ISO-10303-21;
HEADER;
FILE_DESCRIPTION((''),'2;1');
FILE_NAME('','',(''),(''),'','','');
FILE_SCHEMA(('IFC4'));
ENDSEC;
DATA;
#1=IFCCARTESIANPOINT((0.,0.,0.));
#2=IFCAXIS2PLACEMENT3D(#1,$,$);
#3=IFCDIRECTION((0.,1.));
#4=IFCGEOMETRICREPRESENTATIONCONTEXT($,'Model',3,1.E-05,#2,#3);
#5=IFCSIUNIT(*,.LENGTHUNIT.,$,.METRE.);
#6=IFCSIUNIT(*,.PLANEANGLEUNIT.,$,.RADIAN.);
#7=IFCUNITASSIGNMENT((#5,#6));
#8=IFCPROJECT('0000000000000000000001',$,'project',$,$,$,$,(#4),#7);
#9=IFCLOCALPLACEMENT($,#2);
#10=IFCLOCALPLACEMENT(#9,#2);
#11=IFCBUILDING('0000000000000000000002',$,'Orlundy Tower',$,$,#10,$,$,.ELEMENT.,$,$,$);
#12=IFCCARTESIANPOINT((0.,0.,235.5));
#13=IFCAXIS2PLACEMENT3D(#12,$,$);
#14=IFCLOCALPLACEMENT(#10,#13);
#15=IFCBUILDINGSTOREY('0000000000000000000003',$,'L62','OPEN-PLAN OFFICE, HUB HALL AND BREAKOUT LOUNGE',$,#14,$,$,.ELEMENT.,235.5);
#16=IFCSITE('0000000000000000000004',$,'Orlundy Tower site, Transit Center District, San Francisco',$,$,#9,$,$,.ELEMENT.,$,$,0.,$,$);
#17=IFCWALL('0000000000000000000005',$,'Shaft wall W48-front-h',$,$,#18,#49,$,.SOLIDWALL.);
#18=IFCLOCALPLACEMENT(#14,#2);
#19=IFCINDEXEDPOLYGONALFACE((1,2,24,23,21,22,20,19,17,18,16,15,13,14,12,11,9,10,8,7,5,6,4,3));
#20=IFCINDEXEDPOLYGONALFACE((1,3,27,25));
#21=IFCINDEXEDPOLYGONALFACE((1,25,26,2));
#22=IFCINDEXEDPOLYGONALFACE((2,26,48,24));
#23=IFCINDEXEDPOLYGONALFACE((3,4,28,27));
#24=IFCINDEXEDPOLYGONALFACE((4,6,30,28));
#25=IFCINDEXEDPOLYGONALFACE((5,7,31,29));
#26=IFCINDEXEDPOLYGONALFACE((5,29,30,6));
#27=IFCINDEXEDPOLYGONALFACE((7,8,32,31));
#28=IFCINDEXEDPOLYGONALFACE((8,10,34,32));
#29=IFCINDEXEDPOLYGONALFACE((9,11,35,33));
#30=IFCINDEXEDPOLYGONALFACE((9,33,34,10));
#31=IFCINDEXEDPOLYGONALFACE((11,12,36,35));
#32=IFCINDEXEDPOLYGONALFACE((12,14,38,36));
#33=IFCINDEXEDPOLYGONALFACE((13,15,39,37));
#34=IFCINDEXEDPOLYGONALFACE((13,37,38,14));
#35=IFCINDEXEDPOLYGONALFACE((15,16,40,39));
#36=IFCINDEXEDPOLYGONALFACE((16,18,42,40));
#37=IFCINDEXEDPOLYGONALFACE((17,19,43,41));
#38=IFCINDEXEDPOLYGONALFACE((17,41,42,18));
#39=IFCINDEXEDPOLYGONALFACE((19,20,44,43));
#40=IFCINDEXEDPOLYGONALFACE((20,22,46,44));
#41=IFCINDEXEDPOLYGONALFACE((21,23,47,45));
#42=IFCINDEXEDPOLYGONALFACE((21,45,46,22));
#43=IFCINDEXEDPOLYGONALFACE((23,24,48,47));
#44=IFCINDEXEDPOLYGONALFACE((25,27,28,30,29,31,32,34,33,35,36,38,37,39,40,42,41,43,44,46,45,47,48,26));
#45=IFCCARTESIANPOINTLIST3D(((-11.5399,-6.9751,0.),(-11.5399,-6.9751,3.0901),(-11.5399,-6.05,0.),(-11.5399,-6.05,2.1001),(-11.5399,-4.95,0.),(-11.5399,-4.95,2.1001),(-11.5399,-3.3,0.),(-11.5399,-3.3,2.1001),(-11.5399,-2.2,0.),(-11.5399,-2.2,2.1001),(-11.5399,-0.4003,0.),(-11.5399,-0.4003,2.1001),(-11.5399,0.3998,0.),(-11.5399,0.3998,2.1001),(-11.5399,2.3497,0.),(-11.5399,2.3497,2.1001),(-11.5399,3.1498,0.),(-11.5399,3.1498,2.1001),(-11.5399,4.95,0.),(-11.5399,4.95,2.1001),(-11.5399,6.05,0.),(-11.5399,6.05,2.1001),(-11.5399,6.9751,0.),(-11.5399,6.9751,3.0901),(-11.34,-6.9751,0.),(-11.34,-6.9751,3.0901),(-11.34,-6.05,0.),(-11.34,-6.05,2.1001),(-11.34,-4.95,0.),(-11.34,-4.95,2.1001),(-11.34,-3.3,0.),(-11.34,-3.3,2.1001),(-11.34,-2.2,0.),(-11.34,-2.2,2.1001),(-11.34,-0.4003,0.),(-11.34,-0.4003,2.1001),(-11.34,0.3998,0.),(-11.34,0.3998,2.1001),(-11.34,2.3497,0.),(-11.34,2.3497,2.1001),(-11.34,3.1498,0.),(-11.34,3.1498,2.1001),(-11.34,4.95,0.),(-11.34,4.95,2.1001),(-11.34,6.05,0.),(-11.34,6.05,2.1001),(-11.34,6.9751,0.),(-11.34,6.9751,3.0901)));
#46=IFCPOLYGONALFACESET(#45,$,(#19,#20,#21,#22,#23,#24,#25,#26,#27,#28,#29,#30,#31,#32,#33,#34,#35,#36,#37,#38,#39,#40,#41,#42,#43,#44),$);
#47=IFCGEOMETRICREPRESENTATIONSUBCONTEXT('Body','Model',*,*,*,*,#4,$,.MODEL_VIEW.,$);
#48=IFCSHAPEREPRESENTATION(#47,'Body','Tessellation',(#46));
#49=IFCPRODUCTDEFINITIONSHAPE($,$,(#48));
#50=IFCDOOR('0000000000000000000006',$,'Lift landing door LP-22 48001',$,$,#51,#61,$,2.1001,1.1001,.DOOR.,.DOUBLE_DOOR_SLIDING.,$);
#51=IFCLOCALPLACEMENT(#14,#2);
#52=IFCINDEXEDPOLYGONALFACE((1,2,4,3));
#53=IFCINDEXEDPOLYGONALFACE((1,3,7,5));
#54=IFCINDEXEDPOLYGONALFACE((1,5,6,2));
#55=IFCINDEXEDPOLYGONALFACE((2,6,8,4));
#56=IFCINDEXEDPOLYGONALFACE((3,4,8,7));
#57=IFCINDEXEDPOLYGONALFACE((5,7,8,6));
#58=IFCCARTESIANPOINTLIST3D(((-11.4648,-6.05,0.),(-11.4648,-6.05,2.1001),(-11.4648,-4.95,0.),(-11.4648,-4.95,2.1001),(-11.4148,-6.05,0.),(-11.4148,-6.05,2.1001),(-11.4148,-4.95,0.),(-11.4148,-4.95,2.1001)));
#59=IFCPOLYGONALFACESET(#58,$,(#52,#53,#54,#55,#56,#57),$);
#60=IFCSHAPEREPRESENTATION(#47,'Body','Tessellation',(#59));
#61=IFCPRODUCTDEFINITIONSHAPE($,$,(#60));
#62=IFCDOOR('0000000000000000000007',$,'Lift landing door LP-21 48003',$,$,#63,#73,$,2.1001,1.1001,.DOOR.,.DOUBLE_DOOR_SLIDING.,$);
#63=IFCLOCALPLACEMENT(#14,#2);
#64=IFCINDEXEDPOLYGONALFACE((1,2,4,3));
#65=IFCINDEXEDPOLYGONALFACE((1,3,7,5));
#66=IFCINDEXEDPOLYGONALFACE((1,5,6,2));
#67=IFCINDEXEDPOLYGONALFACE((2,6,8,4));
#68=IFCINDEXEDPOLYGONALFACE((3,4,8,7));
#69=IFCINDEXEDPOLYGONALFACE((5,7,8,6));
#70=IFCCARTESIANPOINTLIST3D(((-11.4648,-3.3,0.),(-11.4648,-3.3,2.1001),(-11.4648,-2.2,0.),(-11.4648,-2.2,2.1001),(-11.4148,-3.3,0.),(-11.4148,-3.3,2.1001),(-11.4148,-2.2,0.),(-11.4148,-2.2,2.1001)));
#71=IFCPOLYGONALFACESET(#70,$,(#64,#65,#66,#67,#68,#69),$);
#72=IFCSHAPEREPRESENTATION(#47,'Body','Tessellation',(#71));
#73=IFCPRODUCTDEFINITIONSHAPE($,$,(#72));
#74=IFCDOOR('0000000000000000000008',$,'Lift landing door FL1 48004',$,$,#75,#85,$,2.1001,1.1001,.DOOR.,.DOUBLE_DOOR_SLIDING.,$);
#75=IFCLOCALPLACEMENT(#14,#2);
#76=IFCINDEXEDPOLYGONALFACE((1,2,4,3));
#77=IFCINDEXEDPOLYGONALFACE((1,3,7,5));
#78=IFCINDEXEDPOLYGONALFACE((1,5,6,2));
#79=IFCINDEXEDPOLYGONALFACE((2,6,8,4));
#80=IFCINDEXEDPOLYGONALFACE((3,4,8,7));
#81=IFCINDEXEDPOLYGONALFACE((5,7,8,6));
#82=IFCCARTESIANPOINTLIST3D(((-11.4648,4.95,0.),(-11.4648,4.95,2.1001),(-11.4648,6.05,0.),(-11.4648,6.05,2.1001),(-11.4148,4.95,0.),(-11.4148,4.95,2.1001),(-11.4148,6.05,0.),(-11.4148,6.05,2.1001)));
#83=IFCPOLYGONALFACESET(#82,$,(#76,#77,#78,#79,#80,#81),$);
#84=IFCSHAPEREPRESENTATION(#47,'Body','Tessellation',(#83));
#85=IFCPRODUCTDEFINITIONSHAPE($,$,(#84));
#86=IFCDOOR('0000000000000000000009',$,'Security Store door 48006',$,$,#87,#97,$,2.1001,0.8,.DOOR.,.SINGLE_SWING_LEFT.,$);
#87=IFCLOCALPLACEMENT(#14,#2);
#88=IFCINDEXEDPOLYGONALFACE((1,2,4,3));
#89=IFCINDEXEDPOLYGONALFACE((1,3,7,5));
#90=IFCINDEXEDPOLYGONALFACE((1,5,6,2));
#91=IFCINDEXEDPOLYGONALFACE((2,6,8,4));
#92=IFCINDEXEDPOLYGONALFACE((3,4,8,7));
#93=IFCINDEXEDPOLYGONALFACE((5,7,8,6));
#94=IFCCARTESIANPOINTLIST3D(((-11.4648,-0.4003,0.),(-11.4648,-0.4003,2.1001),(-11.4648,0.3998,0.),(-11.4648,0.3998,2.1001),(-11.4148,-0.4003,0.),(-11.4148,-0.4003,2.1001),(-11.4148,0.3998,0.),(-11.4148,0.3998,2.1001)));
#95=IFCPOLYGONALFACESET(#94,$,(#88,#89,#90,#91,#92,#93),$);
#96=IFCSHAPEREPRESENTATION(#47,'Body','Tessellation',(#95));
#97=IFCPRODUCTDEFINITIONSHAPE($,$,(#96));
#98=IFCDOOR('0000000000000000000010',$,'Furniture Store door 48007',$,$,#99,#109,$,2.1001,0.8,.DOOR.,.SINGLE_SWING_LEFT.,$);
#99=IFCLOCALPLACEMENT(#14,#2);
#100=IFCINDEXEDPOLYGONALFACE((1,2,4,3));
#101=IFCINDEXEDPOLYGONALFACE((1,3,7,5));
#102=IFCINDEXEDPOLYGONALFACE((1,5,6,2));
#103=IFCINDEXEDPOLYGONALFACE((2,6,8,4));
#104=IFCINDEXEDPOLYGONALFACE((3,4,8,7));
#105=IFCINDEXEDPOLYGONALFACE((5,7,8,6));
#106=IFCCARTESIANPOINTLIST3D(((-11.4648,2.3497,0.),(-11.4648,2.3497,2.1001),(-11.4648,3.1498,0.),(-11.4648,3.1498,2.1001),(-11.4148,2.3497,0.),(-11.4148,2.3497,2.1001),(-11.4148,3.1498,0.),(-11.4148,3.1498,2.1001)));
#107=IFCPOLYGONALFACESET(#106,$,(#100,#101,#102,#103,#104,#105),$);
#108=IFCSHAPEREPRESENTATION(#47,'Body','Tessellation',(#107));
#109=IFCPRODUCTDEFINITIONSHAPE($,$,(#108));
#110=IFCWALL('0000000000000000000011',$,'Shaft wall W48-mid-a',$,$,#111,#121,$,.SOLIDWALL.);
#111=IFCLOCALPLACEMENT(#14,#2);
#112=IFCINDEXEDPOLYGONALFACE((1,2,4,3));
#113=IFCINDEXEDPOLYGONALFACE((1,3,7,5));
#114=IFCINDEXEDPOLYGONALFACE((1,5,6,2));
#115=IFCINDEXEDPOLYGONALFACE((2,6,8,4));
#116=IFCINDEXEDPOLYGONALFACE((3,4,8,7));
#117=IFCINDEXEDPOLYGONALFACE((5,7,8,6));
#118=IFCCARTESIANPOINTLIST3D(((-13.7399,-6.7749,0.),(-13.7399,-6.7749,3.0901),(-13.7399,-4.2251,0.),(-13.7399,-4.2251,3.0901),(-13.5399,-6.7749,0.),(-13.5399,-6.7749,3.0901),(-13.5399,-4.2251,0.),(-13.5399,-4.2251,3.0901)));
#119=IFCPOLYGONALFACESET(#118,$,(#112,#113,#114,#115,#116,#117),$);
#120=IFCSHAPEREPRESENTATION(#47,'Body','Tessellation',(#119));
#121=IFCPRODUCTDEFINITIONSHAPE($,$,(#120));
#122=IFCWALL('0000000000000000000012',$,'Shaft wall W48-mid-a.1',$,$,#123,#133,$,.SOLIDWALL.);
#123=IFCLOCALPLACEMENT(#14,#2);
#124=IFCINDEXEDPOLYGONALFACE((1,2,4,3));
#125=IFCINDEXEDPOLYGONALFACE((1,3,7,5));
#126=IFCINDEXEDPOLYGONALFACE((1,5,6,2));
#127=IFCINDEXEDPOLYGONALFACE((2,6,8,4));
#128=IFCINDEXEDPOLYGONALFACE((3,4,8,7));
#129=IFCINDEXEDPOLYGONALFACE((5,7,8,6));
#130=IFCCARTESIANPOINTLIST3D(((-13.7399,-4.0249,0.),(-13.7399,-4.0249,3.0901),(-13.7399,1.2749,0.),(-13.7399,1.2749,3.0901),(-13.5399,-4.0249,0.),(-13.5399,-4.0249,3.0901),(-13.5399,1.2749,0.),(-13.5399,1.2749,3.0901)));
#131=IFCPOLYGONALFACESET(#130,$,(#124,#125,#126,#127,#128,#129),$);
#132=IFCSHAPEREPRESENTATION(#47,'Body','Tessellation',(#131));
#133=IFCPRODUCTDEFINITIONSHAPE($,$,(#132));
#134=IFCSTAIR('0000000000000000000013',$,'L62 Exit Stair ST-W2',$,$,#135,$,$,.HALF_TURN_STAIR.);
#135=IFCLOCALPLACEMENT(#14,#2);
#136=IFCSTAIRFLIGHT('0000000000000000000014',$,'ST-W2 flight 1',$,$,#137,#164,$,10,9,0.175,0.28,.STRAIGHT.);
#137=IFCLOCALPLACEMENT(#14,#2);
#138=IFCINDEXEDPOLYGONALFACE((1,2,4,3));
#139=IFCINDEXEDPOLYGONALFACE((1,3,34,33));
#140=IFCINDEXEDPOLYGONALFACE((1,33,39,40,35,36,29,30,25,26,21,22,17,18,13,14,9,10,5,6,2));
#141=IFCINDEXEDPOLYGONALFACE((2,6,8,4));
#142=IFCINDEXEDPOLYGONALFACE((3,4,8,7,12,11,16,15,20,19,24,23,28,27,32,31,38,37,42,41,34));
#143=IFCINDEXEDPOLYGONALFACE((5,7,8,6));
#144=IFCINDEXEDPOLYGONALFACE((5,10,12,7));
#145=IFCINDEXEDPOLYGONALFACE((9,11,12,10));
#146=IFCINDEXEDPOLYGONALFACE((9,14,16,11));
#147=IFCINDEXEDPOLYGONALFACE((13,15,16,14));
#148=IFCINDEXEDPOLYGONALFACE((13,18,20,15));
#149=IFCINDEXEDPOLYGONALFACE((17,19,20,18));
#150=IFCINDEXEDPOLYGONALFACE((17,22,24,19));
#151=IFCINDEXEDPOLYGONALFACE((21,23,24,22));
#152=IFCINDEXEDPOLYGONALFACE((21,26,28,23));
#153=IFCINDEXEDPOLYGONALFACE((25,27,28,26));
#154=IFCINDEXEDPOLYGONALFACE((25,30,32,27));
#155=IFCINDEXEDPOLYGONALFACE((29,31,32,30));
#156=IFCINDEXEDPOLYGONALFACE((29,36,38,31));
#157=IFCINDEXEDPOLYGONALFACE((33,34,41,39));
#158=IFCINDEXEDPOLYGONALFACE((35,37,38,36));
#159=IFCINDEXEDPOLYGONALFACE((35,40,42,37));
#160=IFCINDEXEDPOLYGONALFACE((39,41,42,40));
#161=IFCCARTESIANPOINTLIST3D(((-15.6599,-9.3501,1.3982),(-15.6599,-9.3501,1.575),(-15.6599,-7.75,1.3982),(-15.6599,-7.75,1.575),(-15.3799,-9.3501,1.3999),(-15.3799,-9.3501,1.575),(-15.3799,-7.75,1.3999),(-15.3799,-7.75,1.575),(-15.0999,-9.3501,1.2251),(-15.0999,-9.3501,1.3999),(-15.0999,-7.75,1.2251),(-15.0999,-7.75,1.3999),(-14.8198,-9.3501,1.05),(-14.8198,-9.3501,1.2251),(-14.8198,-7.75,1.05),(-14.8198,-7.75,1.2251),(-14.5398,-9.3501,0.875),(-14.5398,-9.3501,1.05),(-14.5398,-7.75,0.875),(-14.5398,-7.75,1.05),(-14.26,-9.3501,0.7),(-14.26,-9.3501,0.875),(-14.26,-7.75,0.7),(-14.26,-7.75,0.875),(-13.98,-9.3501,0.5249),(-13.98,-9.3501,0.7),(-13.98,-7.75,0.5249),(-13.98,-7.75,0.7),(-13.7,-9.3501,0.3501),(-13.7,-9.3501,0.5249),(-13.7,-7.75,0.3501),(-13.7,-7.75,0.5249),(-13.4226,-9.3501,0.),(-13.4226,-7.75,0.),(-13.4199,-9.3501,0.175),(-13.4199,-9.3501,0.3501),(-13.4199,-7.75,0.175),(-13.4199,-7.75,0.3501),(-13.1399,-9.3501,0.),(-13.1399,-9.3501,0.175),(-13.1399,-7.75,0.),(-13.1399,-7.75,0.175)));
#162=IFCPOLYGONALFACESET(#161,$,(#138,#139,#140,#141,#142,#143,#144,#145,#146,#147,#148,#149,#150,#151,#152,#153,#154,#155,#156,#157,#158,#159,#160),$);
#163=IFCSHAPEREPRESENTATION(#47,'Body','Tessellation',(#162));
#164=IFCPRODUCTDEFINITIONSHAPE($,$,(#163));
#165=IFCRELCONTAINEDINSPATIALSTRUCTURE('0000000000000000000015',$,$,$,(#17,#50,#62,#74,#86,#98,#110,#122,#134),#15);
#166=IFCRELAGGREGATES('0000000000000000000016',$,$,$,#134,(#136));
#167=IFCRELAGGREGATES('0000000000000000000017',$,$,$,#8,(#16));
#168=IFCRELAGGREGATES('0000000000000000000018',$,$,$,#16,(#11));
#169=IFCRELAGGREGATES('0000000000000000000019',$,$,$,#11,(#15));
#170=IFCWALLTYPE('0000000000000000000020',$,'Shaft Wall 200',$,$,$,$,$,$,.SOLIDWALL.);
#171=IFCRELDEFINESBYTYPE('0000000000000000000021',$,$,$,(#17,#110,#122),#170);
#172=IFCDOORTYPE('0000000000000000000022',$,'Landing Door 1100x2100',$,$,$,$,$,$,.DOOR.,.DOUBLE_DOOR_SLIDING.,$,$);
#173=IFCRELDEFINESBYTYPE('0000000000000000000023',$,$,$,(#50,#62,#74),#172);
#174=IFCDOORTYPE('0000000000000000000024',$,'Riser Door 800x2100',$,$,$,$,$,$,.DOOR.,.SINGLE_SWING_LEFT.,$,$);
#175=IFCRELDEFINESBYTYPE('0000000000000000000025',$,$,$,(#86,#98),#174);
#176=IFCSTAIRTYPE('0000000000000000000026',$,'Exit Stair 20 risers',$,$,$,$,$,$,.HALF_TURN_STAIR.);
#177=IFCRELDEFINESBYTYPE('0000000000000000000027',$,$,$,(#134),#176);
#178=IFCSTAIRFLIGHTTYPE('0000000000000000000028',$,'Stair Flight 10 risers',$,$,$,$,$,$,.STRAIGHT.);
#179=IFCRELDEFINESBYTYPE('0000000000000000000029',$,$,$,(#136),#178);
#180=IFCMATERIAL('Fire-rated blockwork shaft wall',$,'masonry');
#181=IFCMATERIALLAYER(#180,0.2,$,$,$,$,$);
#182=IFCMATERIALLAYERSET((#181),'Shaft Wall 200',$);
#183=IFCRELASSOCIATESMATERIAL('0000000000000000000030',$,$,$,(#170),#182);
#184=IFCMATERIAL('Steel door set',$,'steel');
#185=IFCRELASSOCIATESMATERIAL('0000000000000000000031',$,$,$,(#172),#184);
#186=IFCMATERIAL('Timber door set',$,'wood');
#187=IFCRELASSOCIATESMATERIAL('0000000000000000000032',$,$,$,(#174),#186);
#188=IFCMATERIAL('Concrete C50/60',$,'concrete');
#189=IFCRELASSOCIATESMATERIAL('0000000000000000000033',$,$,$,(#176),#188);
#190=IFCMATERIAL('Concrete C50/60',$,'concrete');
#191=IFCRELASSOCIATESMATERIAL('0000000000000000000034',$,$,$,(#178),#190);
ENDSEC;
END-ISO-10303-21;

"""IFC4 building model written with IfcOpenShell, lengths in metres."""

from ifc_helpers import new_model, si_unit, direction, frame, frame_2d, origin, place, context, subcontext, project, spatial, polyline, rectangle, outline, extrude, material, layer, layer_set, type_object, element, fill, aggregate, save


model = new_model("IFC4")

# Units and contexts
model_context = context("Model", 3, precision=1e-05, world=origin(), true_north=direction((0.0, 1.0)))
body_context = subcontext(model_context, "Body", "Model", "MODEL_VIEW")
ifc_project = project(units=[si_unit("LENGTHUNIT", "METRE"), si_unit("PLANEANGLEUNIT", "RADIAN")], contexts=[model_context])

# Site, building, storey
site_placement = place(None, origin())
site = spatial("IfcSite", under=ifc_project, at=site_placement, Name="Orlundy Tower site, Transit Center District, San Francisco", CompositionType="ELEMENT", RefElevation=0.0)
building_placement = place(site_placement, origin())
building = spatial("IfcBuilding", under=site, at=building_placement, Name="Orlundy Tower", CompositionType="ELEMENT")
storey_placement = place(building_placement, frame((0.0, 0.0, 235.5)))
storey = spatial("IfcBuildingStorey", under=building, at=storey_placement, Name="L62", Description="OPEN-PLAN OFFICE, HUB HALL AND BREAKOUT LOUNGE", CompositionType="ELEMENT", Elevation=235.5)

# Shared definitions
ifc_material_1 = material(Name="Fire-rated blockwork shaft wall", Category="masonry")
ifc_layer_1 = layer(ifc_material_1, 0.2)
ifc_layer_set_1 = layer_set([ifc_layer_1], Name="Shaft Wall 200")
wall_type_1 = type_object("IfcWallType", Name="Shaft Wall 200", PredefinedType="SOLIDWALL", material=ifc_layer_set_1)

# Wall, openings, doors
wall_1_placement = place(storey_placement, frame((-11.4399, -6.9751, 0.0), z_axis=(0.0, 0.0, 1.0), x_axis=(0.0, 1.0, 0.0)))
wall_1 = element("IfcWall", 1, at=wall_1_placement, inside=storey, type_object=wall_type_1, Name="Shaft wall W48-front-h", PredefinedType="SOLIDWALL", context=body_context, shape_type="SweptSolid", body=[
    extrude(rectangle(XDim=13.9502, YDim=0.2, at=frame_2d((6.9751, 0.0))), origin(), (0.0, 0.0, 1.0), 3.0901),
])
opening_1_placement = place(wall_1_placement, frame((0.925, 0.0, 0.0)))
opening_1 = element("IfcOpeningElement", 2, at=opening_1_placement, cuts=wall_1, PredefinedType="OPENING", context=body_context, shape_type="SweptSolid", body=[
    extrude(rectangle(XDim=1.1001, YDim=2.1001, at=frame_2d((0.55, 1.05))), frame((0.0, 0.1101, 0.0), z_axis=(0.0, -1.0, 0.0), x_axis=(1.0, 0.0, 0.0)), (0.0, 0.0, 1.0), 0.2202),
])
opening_2_placement = place(wall_1_placement, frame((3.675, 0.0, 0.0)))
opening_2 = element("IfcOpeningElement", 3, at=opening_2_placement, cuts=wall_1, PredefinedType="OPENING", context=body_context, shape_type="SweptSolid", body=[
    extrude(rectangle(XDim=1.1001, YDim=2.1001, at=frame_2d((0.55, 1.05))), frame((0.0, 0.1101, 0.0), z_axis=(0.0, -1.0, 0.0), x_axis=(1.0, 0.0, 0.0)), (0.0, 0.0, 1.0), 0.2202),
])
opening_3_placement = place(wall_1_placement, frame((11.925, 0.0, 0.0)))
opening_3 = element("IfcOpeningElement", 4, at=opening_3_placement, cuts=wall_1, PredefinedType="OPENING", context=body_context, shape_type="SweptSolid", body=[
    extrude(rectangle(XDim=1.1001, YDim=2.1001, at=frame_2d((0.55, 1.05))), frame((0.0, 0.1101, 0.0), z_axis=(0.0, -1.0, 0.0), x_axis=(1.0, 0.0, 0.0)), (0.0, 0.0, 1.0), 0.2202),
])
opening_4_placement = place(wall_1_placement, frame((6.575, 0.0, 0.0)))
opening_4 = element("IfcOpeningElement", 5, at=opening_4_placement, cuts=wall_1, PredefinedType="OPENING", context=body_context, shape_type="SweptSolid", body=[
    extrude(rectangle(XDim=0.8, YDim=2.1001, at=frame_2d((0.3999, 1.05))), frame((0.0, 0.1101, 0.0), z_axis=(0.0, -1.0, 0.0), x_axis=(1.0, 0.0, 0.0)), (0.0, 0.0, 1.0), 0.2202),
])
opening_5_placement = place(wall_1_placement, frame((9.325, 0.0, 0.0)))
opening_5 = element("IfcOpeningElement", 6, at=opening_5_placement, cuts=wall_1, PredefinedType="OPENING", context=body_context, shape_type="SweptSolid", body=[
    extrude(rectangle(XDim=0.8, YDim=2.1001, at=frame_2d((0.3999, 1.05))), frame((0.0, 0.1101, 0.0), z_axis=(0.0, -1.0, 0.0), x_axis=(1.0, 0.0, 0.0)), (0.0, 0.0, 1.0), 0.2202),
])
ifc_material_2 = material(Name="Steel door set", Category="steel")
door_type_1 = type_object("IfcDoorType", Name="Landing Door 1100x2100", OperationType="DOUBLE_DOOR_SLIDING", PredefinedType="DOOR", material=ifc_material_2)
door_1_placement = place(opening_1_placement, origin())
door_1 = element("IfcDoor", 7, at=door_1_placement, inside=storey, type_object=door_type_1, Name="Lift landing door LP-22 48001", OperationType="DOUBLE_DOOR_SLIDING", OverallHeight=2.1001, OverallWidth=1.1001, PredefinedType="DOOR", context=body_context, shape_type="SweptSolid", body=[
    extrude(rectangle(XDim=1.1001, YDim=2.1001, at=frame_2d((0.55, 1.05))), frame((0.0, 0.0249, 0.0), z_axis=(0.0, -1.0, 0.0), x_axis=(1.0, 0.0, 0.0)), (0.0, 0.0, 1.0), 0.05),
])
fill(opening_1, door_1)
door_2_placement = place(opening_2_placement, origin())
door_2 = element("IfcDoor", 8, at=door_2_placement, inside=storey, type_object=door_type_1, Name="Lift landing door LP-21 48003", OperationType="DOUBLE_DOOR_SLIDING", OverallHeight=2.1001, OverallWidth=1.1001, PredefinedType="DOOR", context=body_context, shape_type="SweptSolid", body=[
    extrude(rectangle(XDim=1.1001, YDim=2.1001, at=frame_2d((0.55, 1.05))), frame((0.0, 0.0249, 0.0), z_axis=(0.0, -1.0, 0.0), x_axis=(1.0, 0.0, 0.0)), (0.0, 0.0, 1.0), 0.05),
])
fill(opening_2, door_2)
door_3_placement = place(opening_3_placement, origin())
door_3 = element("IfcDoor", 9, at=door_3_placement, inside=storey, type_object=door_type_1, Name="Lift landing door FL1 48004", OperationType="DOUBLE_DOOR_SLIDING", OverallHeight=2.1001, OverallWidth=1.1001, PredefinedType="DOOR", context=body_context, shape_type="SweptSolid", body=[
    extrude(rectangle(XDim=1.1001, YDim=2.1001, at=frame_2d((0.55, 1.05))), frame((0.0, 0.0249, 0.0), z_axis=(0.0, -1.0, 0.0), x_axis=(1.0, 0.0, 0.0)), (0.0, 0.0, 1.0), 0.05),
])
fill(opening_3, door_3)
ifc_material_3 = material(Name="Timber door set", Category="wood")
door_type_2 = type_object("IfcDoorType", Name="Riser Door 800x2100", OperationType="SINGLE_SWING_LEFT", PredefinedType="DOOR", material=ifc_material_3)
door_4_placement = place(opening_4_placement, origin())
door_4 = element("IfcDoor", 10, at=door_4_placement, inside=storey, type_object=door_type_2, Name="Security Store door 48006", OperationType="SINGLE_SWING_LEFT", OverallHeight=2.1001, OverallWidth=0.8, PredefinedType="DOOR", context=body_context, shape_type="SweptSolid", body=[
    extrude(rectangle(XDim=0.8, YDim=2.1001, at=frame_2d((0.3999, 1.05))), frame((0.0, 0.0249, 0.0), z_axis=(0.0, -1.0, 0.0), x_axis=(1.0, 0.0, 0.0)), (0.0, 0.0, 1.0), 0.05),
])
fill(opening_4, door_4)
door_5_placement = place(opening_5_placement, origin())
door_5 = element("IfcDoor", 11, at=door_5_placement, inside=storey, type_object=door_type_2, Name="Furniture Store door 48007", OperationType="SINGLE_SWING_LEFT", OverallHeight=2.1001, OverallWidth=0.8, PredefinedType="DOOR", context=body_context, shape_type="SweptSolid", body=[
    extrude(rectangle(XDim=0.8, YDim=2.1001, at=frame_2d((0.3999, 1.05))), frame((0.0, 0.0249, 0.0), z_axis=(0.0, -1.0, 0.0), x_axis=(1.0, 0.0, 0.0)), (0.0, 0.0, 1.0), 0.05),
])
fill(opening_5, door_5)

# Walls
wall_2_placement = place(storey_placement, frame((-13.6399, -6.7749, 0.0), z_axis=(0.0, 0.0, 1.0), x_axis=(0.0, 1.0, 0.0)))
element("IfcWall", 12, at=wall_2_placement, inside=storey, type_object=wall_type_1, Name="Shaft wall W48-mid-a", PredefinedType="SOLIDWALL", context=body_context, shape_type="SweptSolid", body=[
    extrude(rectangle(XDim=2.5498, YDim=0.2, at=frame_2d((1.2749, 0.0))), origin(), (0.0, 0.0, 1.0), 3.0901),
])
wall_3_placement = place(storey_placement, frame((-13.6399, -4.0249, 0.0), z_axis=(0.0, 0.0, 1.0), x_axis=(0.0, 1.0, 0.0)))
element("IfcWall", 13, at=wall_3_placement, inside=storey, type_object=wall_type_1, Name="Shaft wall W48-mid-a.1", PredefinedType="SOLIDWALL", context=body_context, shape_type="SweptSolid", body=[
    extrude(rectangle(XDim=5.2998, YDim=0.2, at=frame_2d((2.6499, 0.0))), origin(), (0.0, 0.0, 1.0), 3.0901),
])

# Stair, stair flight
ifc_material_4 = material(Name="Concrete C50/60", Category="concrete")
stair_type = type_object("IfcStairType", Name="Exit Stair 20 risers", PredefinedType="HALF_TURN_STAIR", material=ifc_material_4)
stair_placement = place(storey_placement, origin())
stair = element("IfcStair", 14, at=stair_placement, inside=storey, type_object=stair_type, Name="L62 Exit Stair ST-W2", PredefinedType="HALF_TURN_STAIR")
ifc_material_5 = material(Name="Concrete C50/60", Category="concrete")
stair_flight_type = type_object("IfcStairFlightType", Name="Stair Flight 10 risers", PredefinedType="STRAIGHT", material=ifc_material_5)
stair_flight_1_placement = place(storey_placement, frame((-13.1399, -8.55, 0.0), z_axis=(0.0, 0.0, 1.0), x_axis=(-1.0, 0.0, 0.0)))
stair_flight_1 = element("IfcStairFlight", 15, at=stair_flight_1_placement, type_object=stair_flight_type, Name="ST-W2 flight 1", NumberOfRisers=10, NumberOfTreads=9, PredefinedType="STRAIGHT", RiserHeight=0.175, TreadLength=0.28, context=body_context, shape_type="SweptSolid", body=[
    extrude(outline(polyline([(0.0, 0.0), (0.0, 0.175), (0.28, 0.175), (0.28, 0.3501), (0.5601, 0.3501), (0.5601, 0.5249), (0.8401, 0.5249), (0.8401, 0.7), (1.1201, 0.7), (1.1201, 0.875), (1.3999, 0.875), (1.3999, 1.05), (1.6799, 1.05), (1.6799, 1.2251), (1.96, 1.2251), (1.96, 1.3999), (2.24, 1.3999), (2.24, 1.575), (2.52, 1.575), (2.52, 1.75), (2.52, 1.3982), (0.2827, 0.0), (0.0, 0.0)])), frame((0.0, 0.8, 0.0), z_axis=(0.0, -1.0, 0.0), x_axis=(1.0, 0.0, 0.0)), (0.0, 0.0, 1.0), 1.6001),
])
aggregate(stair, [stair_flight_1])

save(model, "model.ifc")
